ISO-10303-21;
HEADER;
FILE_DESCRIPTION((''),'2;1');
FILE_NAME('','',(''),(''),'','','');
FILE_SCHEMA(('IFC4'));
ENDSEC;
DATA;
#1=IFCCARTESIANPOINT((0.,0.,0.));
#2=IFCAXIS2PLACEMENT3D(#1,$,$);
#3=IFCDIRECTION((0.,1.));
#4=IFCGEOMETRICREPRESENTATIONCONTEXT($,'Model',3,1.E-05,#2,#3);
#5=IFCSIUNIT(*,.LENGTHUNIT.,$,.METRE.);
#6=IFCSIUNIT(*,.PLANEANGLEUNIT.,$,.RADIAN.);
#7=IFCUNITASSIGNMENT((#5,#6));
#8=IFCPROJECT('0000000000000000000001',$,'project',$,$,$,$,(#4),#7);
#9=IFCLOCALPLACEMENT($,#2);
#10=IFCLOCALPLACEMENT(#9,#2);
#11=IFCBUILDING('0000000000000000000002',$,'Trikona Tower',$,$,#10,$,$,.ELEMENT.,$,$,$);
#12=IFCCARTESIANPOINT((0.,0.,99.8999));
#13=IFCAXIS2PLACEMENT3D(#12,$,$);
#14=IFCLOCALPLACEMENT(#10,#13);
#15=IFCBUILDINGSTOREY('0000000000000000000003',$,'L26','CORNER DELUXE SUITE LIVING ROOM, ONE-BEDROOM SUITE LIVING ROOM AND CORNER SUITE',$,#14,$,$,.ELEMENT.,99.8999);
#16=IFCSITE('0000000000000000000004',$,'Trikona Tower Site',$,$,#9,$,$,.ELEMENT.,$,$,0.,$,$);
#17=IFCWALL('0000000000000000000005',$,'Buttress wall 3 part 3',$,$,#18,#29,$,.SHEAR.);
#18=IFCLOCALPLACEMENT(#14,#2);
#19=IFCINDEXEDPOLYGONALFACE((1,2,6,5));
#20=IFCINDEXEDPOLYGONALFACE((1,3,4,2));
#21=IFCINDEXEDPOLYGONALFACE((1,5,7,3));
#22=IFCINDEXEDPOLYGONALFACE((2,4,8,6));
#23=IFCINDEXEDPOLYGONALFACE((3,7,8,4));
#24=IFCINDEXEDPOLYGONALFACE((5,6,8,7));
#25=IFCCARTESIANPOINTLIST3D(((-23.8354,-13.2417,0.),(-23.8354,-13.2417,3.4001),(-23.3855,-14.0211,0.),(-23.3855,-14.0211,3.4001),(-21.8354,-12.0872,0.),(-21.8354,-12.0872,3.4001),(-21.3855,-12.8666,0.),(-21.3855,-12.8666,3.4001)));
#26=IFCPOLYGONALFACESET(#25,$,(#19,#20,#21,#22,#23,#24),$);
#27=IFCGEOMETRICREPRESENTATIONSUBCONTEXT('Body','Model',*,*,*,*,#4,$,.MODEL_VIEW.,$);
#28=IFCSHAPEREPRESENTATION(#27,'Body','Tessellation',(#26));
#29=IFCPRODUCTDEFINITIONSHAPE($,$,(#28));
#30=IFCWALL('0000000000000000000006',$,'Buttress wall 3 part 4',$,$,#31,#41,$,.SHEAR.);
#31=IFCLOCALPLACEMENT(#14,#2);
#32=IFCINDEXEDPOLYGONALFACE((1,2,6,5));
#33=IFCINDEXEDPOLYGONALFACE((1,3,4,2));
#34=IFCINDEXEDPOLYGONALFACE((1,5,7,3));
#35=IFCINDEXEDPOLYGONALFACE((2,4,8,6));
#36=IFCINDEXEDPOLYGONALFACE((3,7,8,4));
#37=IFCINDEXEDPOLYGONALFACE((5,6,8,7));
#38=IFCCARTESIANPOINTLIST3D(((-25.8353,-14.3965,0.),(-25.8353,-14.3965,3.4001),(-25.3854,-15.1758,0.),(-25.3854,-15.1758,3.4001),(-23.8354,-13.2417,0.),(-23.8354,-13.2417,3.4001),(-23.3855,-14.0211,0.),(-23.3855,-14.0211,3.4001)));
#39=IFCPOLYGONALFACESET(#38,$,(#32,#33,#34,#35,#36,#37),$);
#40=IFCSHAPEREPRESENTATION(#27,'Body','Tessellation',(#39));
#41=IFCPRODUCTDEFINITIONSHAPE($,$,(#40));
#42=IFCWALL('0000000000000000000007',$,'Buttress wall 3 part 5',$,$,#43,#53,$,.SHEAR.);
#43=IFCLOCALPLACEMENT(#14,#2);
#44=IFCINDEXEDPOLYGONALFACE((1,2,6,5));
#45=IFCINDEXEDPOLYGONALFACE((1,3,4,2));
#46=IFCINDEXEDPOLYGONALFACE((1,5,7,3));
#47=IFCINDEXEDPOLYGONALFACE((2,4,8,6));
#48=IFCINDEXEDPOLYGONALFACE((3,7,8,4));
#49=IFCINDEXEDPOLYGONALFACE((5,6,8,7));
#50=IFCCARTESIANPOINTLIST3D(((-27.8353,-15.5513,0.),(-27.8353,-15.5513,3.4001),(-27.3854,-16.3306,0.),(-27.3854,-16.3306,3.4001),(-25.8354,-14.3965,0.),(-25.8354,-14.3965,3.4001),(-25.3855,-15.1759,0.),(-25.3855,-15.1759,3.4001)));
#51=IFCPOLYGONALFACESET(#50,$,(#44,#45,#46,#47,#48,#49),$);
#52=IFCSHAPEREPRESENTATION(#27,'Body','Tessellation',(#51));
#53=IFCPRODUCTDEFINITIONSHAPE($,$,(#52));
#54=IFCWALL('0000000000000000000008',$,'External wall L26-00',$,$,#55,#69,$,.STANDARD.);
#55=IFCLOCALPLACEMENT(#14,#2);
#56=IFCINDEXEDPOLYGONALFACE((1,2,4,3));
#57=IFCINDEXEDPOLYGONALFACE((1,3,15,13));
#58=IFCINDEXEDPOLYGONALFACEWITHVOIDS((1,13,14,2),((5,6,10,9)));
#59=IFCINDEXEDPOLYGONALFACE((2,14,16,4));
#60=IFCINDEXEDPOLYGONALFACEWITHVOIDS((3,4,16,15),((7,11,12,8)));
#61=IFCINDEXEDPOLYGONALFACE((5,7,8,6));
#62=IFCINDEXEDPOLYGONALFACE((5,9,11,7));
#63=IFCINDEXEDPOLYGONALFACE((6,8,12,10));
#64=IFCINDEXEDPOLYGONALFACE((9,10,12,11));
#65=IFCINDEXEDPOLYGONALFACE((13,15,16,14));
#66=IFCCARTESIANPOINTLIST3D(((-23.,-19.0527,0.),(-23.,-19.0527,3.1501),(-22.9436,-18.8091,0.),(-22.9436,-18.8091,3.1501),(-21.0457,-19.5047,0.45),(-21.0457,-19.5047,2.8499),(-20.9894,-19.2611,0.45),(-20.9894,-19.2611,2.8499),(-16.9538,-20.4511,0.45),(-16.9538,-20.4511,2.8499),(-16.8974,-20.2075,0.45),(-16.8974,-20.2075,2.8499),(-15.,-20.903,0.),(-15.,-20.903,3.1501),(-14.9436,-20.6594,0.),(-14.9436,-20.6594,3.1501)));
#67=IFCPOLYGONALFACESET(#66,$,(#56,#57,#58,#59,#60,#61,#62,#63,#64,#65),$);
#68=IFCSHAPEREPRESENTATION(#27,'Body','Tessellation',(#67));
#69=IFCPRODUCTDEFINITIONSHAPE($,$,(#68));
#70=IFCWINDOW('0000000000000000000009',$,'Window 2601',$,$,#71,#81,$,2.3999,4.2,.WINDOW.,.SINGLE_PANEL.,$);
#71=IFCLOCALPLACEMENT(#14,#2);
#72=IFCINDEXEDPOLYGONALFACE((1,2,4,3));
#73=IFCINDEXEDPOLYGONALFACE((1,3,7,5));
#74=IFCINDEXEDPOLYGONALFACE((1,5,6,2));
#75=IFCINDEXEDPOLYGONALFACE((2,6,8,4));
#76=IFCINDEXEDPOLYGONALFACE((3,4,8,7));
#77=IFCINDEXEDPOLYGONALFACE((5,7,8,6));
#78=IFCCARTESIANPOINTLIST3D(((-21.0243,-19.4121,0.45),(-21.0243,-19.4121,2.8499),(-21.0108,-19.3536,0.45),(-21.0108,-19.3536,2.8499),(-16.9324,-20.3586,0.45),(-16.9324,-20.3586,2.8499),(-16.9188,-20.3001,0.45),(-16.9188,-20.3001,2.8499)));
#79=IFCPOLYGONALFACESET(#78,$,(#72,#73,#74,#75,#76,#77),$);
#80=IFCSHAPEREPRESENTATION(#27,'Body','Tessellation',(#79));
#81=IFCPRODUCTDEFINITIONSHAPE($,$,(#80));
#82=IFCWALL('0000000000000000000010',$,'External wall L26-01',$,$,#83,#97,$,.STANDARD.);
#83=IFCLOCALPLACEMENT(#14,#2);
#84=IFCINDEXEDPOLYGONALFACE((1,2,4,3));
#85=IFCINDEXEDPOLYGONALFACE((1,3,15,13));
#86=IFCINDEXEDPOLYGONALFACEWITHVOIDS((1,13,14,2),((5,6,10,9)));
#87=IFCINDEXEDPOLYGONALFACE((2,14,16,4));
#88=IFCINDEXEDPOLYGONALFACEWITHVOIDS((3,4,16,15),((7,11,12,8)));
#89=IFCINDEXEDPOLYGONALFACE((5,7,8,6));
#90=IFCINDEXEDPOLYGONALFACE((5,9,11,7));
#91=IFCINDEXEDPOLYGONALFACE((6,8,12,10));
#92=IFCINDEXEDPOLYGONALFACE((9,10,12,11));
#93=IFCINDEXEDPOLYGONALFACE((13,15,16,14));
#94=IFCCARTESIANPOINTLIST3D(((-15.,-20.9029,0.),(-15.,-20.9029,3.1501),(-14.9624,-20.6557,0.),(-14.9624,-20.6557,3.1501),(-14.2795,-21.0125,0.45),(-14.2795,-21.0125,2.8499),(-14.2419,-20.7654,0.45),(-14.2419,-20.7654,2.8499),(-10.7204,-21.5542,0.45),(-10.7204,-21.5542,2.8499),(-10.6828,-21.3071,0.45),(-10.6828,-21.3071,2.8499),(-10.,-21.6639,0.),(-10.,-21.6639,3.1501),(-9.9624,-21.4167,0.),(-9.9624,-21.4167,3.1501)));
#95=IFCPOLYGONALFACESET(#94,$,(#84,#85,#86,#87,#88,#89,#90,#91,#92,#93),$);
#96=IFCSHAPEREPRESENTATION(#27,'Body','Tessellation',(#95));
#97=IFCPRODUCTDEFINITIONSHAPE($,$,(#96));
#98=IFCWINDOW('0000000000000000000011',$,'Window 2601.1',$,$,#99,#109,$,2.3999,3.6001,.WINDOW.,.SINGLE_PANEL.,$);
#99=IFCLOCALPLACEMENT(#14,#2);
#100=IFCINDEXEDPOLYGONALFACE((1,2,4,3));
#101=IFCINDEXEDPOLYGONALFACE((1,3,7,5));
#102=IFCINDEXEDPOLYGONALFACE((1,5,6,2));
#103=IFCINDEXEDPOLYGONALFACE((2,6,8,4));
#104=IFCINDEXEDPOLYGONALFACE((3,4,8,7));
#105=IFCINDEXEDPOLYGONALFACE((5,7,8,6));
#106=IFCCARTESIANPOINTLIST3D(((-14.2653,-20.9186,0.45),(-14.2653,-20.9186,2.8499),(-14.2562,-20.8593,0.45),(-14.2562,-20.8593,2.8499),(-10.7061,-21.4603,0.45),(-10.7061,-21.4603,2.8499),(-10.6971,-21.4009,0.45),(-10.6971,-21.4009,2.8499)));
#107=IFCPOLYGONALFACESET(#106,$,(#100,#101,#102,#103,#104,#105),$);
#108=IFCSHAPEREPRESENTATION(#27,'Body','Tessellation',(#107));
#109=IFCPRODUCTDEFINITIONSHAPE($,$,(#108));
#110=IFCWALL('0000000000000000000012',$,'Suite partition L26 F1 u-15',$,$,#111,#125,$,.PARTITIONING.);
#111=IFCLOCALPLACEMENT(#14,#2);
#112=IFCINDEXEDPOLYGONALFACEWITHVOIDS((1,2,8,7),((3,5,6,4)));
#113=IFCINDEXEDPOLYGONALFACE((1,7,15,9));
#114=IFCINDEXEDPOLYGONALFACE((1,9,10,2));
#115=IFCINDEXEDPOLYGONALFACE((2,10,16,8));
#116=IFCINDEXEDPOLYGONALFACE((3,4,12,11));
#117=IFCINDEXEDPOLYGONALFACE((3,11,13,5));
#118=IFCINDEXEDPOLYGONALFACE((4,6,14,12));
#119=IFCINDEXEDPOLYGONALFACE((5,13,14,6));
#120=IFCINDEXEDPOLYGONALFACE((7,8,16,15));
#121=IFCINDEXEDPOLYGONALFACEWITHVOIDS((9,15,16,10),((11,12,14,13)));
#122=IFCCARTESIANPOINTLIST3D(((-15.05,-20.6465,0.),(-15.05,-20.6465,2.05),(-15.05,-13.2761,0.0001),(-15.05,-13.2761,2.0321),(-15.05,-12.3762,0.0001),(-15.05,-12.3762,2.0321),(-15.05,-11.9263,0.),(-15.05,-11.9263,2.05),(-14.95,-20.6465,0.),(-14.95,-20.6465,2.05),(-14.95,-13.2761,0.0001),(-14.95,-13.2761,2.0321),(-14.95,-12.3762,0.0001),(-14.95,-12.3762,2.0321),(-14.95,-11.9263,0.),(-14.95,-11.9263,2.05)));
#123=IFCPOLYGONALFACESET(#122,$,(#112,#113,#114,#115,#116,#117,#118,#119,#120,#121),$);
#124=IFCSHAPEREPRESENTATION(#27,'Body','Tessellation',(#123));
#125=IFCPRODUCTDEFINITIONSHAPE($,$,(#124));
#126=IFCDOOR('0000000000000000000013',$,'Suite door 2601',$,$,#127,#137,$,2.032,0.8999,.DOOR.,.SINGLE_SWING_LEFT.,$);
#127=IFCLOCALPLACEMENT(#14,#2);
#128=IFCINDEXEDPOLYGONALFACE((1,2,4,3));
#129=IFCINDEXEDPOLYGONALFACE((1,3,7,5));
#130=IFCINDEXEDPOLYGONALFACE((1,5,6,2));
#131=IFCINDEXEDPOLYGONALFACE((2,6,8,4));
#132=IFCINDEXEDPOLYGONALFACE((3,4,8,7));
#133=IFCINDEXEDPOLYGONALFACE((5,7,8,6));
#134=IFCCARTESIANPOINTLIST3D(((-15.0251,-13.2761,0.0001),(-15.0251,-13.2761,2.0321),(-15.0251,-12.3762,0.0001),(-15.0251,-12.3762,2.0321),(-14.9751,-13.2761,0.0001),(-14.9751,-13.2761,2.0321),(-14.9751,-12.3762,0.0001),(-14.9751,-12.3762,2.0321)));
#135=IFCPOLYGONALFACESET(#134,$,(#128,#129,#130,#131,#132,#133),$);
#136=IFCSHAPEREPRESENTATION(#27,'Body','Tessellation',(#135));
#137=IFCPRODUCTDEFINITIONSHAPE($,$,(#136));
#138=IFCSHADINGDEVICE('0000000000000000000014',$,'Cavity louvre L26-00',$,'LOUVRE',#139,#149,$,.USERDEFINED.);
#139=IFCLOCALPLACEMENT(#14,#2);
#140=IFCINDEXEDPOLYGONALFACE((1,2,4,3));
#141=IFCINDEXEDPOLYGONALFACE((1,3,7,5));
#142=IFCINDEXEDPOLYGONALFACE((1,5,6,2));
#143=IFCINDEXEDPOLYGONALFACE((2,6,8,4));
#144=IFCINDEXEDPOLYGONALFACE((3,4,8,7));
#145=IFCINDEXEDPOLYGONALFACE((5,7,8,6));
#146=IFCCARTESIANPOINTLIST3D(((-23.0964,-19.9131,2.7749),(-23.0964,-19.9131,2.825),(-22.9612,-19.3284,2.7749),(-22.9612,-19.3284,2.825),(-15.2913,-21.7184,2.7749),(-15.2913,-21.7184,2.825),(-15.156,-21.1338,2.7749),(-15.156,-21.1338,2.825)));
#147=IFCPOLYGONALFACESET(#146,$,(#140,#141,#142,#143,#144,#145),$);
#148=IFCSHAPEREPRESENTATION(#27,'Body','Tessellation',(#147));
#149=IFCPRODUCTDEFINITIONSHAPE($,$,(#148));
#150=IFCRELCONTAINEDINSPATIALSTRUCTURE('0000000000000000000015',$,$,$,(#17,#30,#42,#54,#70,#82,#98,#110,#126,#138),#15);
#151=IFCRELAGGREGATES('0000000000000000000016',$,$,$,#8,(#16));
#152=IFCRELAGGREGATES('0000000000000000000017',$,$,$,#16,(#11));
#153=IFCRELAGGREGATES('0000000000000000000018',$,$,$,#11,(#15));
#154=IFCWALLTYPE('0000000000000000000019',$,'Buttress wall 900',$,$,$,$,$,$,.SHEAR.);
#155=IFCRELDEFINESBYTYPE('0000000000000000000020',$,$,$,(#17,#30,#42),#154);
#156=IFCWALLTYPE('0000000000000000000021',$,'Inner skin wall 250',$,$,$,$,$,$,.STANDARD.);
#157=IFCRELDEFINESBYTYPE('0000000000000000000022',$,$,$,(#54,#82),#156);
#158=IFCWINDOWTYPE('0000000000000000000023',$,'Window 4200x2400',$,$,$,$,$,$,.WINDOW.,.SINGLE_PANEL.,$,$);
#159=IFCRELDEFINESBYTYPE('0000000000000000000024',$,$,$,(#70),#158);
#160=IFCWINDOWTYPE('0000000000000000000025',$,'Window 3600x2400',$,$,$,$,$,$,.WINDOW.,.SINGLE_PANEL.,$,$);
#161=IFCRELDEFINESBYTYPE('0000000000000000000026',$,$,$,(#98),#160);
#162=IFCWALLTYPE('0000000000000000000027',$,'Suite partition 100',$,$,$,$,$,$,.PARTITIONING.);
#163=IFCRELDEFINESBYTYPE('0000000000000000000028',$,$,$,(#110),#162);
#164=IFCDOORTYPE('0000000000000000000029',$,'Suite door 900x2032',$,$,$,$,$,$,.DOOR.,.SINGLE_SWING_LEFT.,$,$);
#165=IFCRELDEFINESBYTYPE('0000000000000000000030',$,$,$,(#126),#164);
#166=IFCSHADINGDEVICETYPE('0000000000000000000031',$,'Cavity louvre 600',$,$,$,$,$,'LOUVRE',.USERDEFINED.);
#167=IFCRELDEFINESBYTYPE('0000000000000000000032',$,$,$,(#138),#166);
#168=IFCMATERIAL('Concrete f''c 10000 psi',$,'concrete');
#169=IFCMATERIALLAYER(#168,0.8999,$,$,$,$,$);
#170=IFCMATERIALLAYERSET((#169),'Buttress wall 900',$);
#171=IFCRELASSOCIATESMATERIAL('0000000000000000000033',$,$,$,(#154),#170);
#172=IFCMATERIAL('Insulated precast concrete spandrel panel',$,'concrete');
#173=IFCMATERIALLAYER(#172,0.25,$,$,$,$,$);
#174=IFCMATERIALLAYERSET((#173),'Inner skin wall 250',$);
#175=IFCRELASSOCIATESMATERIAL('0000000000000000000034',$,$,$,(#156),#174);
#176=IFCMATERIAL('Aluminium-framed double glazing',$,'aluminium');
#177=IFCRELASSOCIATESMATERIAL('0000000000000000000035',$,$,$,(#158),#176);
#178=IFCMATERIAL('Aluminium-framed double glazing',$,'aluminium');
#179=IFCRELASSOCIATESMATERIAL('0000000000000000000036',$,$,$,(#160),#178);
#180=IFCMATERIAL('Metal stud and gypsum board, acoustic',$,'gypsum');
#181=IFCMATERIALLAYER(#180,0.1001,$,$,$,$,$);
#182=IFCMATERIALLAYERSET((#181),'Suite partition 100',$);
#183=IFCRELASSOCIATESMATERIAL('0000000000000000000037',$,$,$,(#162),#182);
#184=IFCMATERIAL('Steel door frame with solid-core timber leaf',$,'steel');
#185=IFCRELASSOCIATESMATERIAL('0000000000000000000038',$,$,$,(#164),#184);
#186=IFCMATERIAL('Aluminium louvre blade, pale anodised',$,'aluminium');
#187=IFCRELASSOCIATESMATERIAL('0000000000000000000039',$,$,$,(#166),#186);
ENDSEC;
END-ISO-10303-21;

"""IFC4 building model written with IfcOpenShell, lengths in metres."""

from ifc_helpers import new_model, si_unit, direction, frame, frame_2d, origin, origin_2d, place, context, subcontext, project, spatial, rectangle, extrude, material, layer, layer_set, type_object, element, fill, save


model = new_model("IFC4")

# Units and contexts
model_context = context("Model", 3, precision=1e-05, world=origin(), true_north=direction((0.0, 1.0)))
body_context = subcontext(model_context, "Body", "Model", "MODEL_VIEW")
ifc_project = project(units=[si_unit("LENGTHUNIT", "METRE"), si_unit("PLANEANGLEUNIT", "RADIAN")], contexts=[model_context])

# Site, building, storey
site_placement = place(None, origin())
site = spatial("IfcSite", under=ifc_project, at=site_placement, Name="Trikona Tower Site", CompositionType="ELEMENT", RefElevation=0.0)
building_placement = place(site_placement, origin())
building = spatial("IfcBuilding", under=site, at=building_placement, Name="Trikona Tower", CompositionType="ELEMENT")
storey_placement = place(building_placement, frame((0.0, 0.0, 99.8999)))
storey = spatial("IfcBuildingStorey", under=building, at=storey_placement, Name="L26", Description="CORNER DELUXE SUITE LIVING ROOM, ONE-BEDROOM SUITE LIVING ROOM AND CORNER SUITE", CompositionType="ELEMENT", Elevation=99.8999)

# Walls
ifc_material_1 = material(Name="Concrete f'c 10000 psi", Category="concrete")
ifc_layer_1 = layer(ifc_material_1, 0.8999)
ifc_layer_set_1 = layer_set([ifc_layer_1], Name="Buttress wall 900")
wall_type_1 = type_object("IfcWallType", Name="Buttress wall 900", PredefinedType="SHEAR", material=ifc_layer_set_1)
for number, where, z_axis, x_axis, name in (
    (1, (-21.6104, -12.4768, 0.0), (0.0, 0.0, 1.0), (-0.866055, -0.499948, 0.0), "Buttress wall 3 part 3"),
    (2, (-23.6104, -13.6313, 0.0), (0.0, 0.0, 1.0), (-0.86601, -0.500027, 0.0), "Buttress wall 3 part 4"),
    (3, (-25.6104, -14.7861, 0.0), (0.0, 0.0, 1.0), (-0.86601, -0.500027, 0.0), "Buttress wall 3 part 5"),
):
    element("IfcWall", number, at=place(storey_placement, frame(where, z_axis=z_axis, x_axis=x_axis)), inside=storey, type_object=wall_type_1, Name=name, PredefinedType="SHEAR", context=body_context, shape_type="SweptSolid", body=[
        extrude(rectangle(XDim=2.3093, YDim=0.8999, at=frame_2d((1.1548, 0.0))), origin(), (0.0, 0.0, 1.0), 3.4001),
    ])

# Walls, openings, windows
ifc_material_2 = material(Name="Insulated precast concrete spandrel panel", Category="concrete")
ifc_layer_2 = layer(ifc_material_2, 0.25)
ifc_layer_set_2 = layer_set([ifc_layer_2], Name="Inner skin wall 250")
wall_type_2 = type_object("IfcWallType", Name="Inner skin wall 250", PredefinedType="STANDARD", material=ifc_layer_set_2)
wall_1_placement = place(storey_placement, frame((-22.9717, -18.9309, 0.0), z_axis=(0.0, 0.0, 1.0), x_axis=(0.974279, -0.225344, 0.0)))
wall_1 = element("IfcWall", 4, at=wall_1_placement, inside=storey, type_object=wall_type_2, Name="External wall L26-00", PredefinedType="STANDARD", context=body_context, shape_type="SweptSolid", body=[
    extrude(rectangle(XDim=8.2112, YDim=0.25, at=frame_2d((4.1055, 0.0))), origin(), (0.0, 0.0, 1.0), 3.1501),
])
opening_1_placement = place(wall_1_placement, frame((2.0056, 0.0, 0.45)))
opening_1 = element("IfcOpeningElement", 5, at=opening_1_placement, cuts=wall_1, PredefinedType="OPENING", context=body_context, shape_type="SweptSolid", body=[
    extrude(rectangle(XDim=4.2, YDim=2.3999, at=frame_2d((2.1001, 1.2))), frame((0.0, 0.135, 0.0), z_axis=(0.0, -1.0, 0.0), x_axis=(1.0, 0.0, 0.0)), (0.0, 0.0, 1.0), 0.27),
])
ifc_material_3 = material(Name="Aluminium-framed double glazing", Category="aluminium")
window_type_1 = type_object("IfcWindowType", Name="Window 4200x2400", PartitioningType="SINGLE_PANEL", PredefinedType="WINDOW", material=ifc_material_3)
window_1_placement = place(opening_1_placement, origin())
window_1 = element("IfcWindow", 6, at=window_1_placement, inside=storey, type_object=window_type_1, Name="Window 2601", OverallHeight=2.3999, OverallWidth=4.2, PartitioningType="SINGLE_PANEL", PredefinedType="WINDOW", context=body_context, shape_type="SweptSolid", body=[
    extrude(rectangle(XDim=4.2, YDim=2.3999, at=frame_2d((2.1001, 1.2))), frame((0.0, 0.03, 0.0), z_axis=(0.0, -1.0, 0.0), x_axis=(1.0, 0.0, 0.0)), (0.0, 0.0, 1.0), 0.0601),
])
fill(opening_1, window_1)
wall_2_placement = place(storey_placement, frame((-14.9812, -20.7793, 0.0), z_axis=(0.0, 0.0, 1.0), x_axis=(0.988615, -0.150465, 0.0)))
wall_2 = element("IfcWall", 7, at=wall_2_placement, inside=storey, type_object=wall_type_2, Name="External wall L26-01", PredefinedType="STANDARD", context=body_context, shape_type="SweptSolid", body=[
    extrude(rectangle(XDim=5.0576, YDim=0.25, at=frame_2d((2.5288, 0.0))), origin(), (0.0, 0.0, 1.0), 3.1501),
])
opening_2_placement = place(wall_2_placement, frame((0.7288, 0.0, 0.45)))
opening_2 = element("IfcOpeningElement", 8, at=opening_2_placement, cuts=wall_2, PredefinedType="OPENING", context=body_context, shape_type="SweptSolid", body=[
    extrude(rectangle(XDim=3.6001, YDim=2.3999, at=frame_2d((1.8, 1.2))), frame((0.0, 0.135, 0.0), z_axis=(0.0, -1.0, 0.0), x_axis=(1.0, 0.0, 0.0)), (0.0, 0.0, 1.0), 0.27),
])
ifc_material_4 = material(Name="Aluminium-framed double glazing", Category="aluminium")
window_type_2 = type_object("IfcWindowType", Name="Window 3600x2400", PartitioningType="SINGLE_PANEL", PredefinedType="WINDOW", material=ifc_material_4)
window_2_placement = place(opening_2_placement, origin())
window_2 = element("IfcWindow", 9, at=window_2_placement, inside=storey, type_object=window_type_2, Name="Window 2601.1", OverallHeight=2.3999, OverallWidth=3.6001, PartitioningType="SINGLE_PANEL", PredefinedType="WINDOW", context=body_context, shape_type="SweptSolid", body=[
    extrude(rectangle(XDim=3.6001, YDim=2.3999, at=frame_2d((1.8, 1.2))), frame((0.0, 0.03, 0.0), z_axis=(0.0, -1.0, 0.0), x_axis=(1.0, 0.0, 0.0)), (0.0, 0.0, 1.0), 0.0601),
])
fill(opening_2, window_2)

# Wall, opening, door
ifc_material_5 = material(Name="Metal stud and gypsum board, acoustic", Category="gypsum")
ifc_layer_3 = layer(ifc_material_5, 0.1001)
ifc_layer_set_3 = layer_set([ifc_layer_3], Name="Suite partition 100")
wall_type_3 = type_object("IfcWallType", Name="Suite partition 100", PredefinedType="PARTITIONING", material=ifc_layer_set_3)
wall_3_placement = place(storey_placement, frame((-15.0, -11.9263, 0.0), z_axis=(0.0, 0.0, 1.0), x_axis=(0.0, -1.0, 0.0)))
wall_3 = element("IfcWall", 10, at=wall_3_placement, inside=storey, type_object=wall_type_3, Name="Suite partition L26 F1 u-15", PredefinedType="PARTITIONING", context=body_context, shape_type="SweptSolid", body=[
    extrude(rectangle(XDim=8.7202, YDim=0.1001, at=frame_2d((4.3601, 0.0))), origin(), (0.0, 0.0, 1.0), 2.05),
])
opening_3_placement = place(wall_3_placement, frame((0.45, 0.0, 0.0)))
opening_3 = element("IfcOpeningElement", 11, at=opening_3_placement, cuts=wall_3, PredefinedType="OPENING", context=body_context, shape_type="SweptSolid", body=[
    extrude(rectangle(XDim=0.8999, YDim=2.032, at=frame_2d((0.45, 1.0161))), frame((0.0, 0.0601, 0.0), z_axis=(0.0, -1.0, 0.0), x_axis=(1.0, 0.0, 0.0)), (0.0, 0.0, 1.0), 0.1201),
])
ifc_material_6 = material(Name="Steel door frame with solid-core timber leaf", Category="steel")
door_type = type_object("IfcDoorType", Name="Suite door 900x2032", OperationType="SINGLE_SWING_LEFT", PredefinedType="DOOR", material=ifc_material_6)
door_placement = place(opening_3_placement, origin())
door = element("IfcDoor", 12, at=door_placement, inside=storey, type_object=door_type, Name="Suite door 2601", OperationType="SINGLE_SWING_LEFT", OverallHeight=2.032, OverallWidth=0.8999, PredefinedType="DOOR", context=body_context, shape_type="SweptSolid", body=[
    extrude(rectangle(XDim=0.8999, YDim=2.032, at=frame_2d((0.45, 1.0161))), frame((0.0, 0.0249, 0.0), z_axis=(0.0, -1.0, 0.0), x_axis=(1.0, 0.0, 0.0)), (0.0, 0.0, 1.0), 0.05),
])
fill(opening_3, door)

# Shading device
ifc_material_7 = material(Name="Aluminium louvre blade, pale anodised", Category="aluminium")
shading_device_type = type_object("IfcShadingDeviceType", Name="Cavity louvre 600", ElementType="LOUVRE", PredefinedType="USERDEFINED", material=ifc_material_7)
shading_device_placement = place(storey_placement, frame((-19.1262, -20.5234, 2.7749), z_axis=(0.0, 0.0, 1.0), x_axis=(0.974278, -0.225351, 0.0)))
element("IfcShadingDevice", 13, at=shading_device_placement, inside=storey, type_object=shading_device_type, Name="Cavity louvre L26-00", ObjectType="LOUVRE", PredefinedType="USERDEFINED", context=body_context, shape_type="SweptSolid", body=[
    extrude(rectangle(XDim=8.0112, YDim=0.6001, at=origin_2d()), origin(), (0.0, 0.0, 1.0), 0.05),
])

save(model, "model.ifc")
